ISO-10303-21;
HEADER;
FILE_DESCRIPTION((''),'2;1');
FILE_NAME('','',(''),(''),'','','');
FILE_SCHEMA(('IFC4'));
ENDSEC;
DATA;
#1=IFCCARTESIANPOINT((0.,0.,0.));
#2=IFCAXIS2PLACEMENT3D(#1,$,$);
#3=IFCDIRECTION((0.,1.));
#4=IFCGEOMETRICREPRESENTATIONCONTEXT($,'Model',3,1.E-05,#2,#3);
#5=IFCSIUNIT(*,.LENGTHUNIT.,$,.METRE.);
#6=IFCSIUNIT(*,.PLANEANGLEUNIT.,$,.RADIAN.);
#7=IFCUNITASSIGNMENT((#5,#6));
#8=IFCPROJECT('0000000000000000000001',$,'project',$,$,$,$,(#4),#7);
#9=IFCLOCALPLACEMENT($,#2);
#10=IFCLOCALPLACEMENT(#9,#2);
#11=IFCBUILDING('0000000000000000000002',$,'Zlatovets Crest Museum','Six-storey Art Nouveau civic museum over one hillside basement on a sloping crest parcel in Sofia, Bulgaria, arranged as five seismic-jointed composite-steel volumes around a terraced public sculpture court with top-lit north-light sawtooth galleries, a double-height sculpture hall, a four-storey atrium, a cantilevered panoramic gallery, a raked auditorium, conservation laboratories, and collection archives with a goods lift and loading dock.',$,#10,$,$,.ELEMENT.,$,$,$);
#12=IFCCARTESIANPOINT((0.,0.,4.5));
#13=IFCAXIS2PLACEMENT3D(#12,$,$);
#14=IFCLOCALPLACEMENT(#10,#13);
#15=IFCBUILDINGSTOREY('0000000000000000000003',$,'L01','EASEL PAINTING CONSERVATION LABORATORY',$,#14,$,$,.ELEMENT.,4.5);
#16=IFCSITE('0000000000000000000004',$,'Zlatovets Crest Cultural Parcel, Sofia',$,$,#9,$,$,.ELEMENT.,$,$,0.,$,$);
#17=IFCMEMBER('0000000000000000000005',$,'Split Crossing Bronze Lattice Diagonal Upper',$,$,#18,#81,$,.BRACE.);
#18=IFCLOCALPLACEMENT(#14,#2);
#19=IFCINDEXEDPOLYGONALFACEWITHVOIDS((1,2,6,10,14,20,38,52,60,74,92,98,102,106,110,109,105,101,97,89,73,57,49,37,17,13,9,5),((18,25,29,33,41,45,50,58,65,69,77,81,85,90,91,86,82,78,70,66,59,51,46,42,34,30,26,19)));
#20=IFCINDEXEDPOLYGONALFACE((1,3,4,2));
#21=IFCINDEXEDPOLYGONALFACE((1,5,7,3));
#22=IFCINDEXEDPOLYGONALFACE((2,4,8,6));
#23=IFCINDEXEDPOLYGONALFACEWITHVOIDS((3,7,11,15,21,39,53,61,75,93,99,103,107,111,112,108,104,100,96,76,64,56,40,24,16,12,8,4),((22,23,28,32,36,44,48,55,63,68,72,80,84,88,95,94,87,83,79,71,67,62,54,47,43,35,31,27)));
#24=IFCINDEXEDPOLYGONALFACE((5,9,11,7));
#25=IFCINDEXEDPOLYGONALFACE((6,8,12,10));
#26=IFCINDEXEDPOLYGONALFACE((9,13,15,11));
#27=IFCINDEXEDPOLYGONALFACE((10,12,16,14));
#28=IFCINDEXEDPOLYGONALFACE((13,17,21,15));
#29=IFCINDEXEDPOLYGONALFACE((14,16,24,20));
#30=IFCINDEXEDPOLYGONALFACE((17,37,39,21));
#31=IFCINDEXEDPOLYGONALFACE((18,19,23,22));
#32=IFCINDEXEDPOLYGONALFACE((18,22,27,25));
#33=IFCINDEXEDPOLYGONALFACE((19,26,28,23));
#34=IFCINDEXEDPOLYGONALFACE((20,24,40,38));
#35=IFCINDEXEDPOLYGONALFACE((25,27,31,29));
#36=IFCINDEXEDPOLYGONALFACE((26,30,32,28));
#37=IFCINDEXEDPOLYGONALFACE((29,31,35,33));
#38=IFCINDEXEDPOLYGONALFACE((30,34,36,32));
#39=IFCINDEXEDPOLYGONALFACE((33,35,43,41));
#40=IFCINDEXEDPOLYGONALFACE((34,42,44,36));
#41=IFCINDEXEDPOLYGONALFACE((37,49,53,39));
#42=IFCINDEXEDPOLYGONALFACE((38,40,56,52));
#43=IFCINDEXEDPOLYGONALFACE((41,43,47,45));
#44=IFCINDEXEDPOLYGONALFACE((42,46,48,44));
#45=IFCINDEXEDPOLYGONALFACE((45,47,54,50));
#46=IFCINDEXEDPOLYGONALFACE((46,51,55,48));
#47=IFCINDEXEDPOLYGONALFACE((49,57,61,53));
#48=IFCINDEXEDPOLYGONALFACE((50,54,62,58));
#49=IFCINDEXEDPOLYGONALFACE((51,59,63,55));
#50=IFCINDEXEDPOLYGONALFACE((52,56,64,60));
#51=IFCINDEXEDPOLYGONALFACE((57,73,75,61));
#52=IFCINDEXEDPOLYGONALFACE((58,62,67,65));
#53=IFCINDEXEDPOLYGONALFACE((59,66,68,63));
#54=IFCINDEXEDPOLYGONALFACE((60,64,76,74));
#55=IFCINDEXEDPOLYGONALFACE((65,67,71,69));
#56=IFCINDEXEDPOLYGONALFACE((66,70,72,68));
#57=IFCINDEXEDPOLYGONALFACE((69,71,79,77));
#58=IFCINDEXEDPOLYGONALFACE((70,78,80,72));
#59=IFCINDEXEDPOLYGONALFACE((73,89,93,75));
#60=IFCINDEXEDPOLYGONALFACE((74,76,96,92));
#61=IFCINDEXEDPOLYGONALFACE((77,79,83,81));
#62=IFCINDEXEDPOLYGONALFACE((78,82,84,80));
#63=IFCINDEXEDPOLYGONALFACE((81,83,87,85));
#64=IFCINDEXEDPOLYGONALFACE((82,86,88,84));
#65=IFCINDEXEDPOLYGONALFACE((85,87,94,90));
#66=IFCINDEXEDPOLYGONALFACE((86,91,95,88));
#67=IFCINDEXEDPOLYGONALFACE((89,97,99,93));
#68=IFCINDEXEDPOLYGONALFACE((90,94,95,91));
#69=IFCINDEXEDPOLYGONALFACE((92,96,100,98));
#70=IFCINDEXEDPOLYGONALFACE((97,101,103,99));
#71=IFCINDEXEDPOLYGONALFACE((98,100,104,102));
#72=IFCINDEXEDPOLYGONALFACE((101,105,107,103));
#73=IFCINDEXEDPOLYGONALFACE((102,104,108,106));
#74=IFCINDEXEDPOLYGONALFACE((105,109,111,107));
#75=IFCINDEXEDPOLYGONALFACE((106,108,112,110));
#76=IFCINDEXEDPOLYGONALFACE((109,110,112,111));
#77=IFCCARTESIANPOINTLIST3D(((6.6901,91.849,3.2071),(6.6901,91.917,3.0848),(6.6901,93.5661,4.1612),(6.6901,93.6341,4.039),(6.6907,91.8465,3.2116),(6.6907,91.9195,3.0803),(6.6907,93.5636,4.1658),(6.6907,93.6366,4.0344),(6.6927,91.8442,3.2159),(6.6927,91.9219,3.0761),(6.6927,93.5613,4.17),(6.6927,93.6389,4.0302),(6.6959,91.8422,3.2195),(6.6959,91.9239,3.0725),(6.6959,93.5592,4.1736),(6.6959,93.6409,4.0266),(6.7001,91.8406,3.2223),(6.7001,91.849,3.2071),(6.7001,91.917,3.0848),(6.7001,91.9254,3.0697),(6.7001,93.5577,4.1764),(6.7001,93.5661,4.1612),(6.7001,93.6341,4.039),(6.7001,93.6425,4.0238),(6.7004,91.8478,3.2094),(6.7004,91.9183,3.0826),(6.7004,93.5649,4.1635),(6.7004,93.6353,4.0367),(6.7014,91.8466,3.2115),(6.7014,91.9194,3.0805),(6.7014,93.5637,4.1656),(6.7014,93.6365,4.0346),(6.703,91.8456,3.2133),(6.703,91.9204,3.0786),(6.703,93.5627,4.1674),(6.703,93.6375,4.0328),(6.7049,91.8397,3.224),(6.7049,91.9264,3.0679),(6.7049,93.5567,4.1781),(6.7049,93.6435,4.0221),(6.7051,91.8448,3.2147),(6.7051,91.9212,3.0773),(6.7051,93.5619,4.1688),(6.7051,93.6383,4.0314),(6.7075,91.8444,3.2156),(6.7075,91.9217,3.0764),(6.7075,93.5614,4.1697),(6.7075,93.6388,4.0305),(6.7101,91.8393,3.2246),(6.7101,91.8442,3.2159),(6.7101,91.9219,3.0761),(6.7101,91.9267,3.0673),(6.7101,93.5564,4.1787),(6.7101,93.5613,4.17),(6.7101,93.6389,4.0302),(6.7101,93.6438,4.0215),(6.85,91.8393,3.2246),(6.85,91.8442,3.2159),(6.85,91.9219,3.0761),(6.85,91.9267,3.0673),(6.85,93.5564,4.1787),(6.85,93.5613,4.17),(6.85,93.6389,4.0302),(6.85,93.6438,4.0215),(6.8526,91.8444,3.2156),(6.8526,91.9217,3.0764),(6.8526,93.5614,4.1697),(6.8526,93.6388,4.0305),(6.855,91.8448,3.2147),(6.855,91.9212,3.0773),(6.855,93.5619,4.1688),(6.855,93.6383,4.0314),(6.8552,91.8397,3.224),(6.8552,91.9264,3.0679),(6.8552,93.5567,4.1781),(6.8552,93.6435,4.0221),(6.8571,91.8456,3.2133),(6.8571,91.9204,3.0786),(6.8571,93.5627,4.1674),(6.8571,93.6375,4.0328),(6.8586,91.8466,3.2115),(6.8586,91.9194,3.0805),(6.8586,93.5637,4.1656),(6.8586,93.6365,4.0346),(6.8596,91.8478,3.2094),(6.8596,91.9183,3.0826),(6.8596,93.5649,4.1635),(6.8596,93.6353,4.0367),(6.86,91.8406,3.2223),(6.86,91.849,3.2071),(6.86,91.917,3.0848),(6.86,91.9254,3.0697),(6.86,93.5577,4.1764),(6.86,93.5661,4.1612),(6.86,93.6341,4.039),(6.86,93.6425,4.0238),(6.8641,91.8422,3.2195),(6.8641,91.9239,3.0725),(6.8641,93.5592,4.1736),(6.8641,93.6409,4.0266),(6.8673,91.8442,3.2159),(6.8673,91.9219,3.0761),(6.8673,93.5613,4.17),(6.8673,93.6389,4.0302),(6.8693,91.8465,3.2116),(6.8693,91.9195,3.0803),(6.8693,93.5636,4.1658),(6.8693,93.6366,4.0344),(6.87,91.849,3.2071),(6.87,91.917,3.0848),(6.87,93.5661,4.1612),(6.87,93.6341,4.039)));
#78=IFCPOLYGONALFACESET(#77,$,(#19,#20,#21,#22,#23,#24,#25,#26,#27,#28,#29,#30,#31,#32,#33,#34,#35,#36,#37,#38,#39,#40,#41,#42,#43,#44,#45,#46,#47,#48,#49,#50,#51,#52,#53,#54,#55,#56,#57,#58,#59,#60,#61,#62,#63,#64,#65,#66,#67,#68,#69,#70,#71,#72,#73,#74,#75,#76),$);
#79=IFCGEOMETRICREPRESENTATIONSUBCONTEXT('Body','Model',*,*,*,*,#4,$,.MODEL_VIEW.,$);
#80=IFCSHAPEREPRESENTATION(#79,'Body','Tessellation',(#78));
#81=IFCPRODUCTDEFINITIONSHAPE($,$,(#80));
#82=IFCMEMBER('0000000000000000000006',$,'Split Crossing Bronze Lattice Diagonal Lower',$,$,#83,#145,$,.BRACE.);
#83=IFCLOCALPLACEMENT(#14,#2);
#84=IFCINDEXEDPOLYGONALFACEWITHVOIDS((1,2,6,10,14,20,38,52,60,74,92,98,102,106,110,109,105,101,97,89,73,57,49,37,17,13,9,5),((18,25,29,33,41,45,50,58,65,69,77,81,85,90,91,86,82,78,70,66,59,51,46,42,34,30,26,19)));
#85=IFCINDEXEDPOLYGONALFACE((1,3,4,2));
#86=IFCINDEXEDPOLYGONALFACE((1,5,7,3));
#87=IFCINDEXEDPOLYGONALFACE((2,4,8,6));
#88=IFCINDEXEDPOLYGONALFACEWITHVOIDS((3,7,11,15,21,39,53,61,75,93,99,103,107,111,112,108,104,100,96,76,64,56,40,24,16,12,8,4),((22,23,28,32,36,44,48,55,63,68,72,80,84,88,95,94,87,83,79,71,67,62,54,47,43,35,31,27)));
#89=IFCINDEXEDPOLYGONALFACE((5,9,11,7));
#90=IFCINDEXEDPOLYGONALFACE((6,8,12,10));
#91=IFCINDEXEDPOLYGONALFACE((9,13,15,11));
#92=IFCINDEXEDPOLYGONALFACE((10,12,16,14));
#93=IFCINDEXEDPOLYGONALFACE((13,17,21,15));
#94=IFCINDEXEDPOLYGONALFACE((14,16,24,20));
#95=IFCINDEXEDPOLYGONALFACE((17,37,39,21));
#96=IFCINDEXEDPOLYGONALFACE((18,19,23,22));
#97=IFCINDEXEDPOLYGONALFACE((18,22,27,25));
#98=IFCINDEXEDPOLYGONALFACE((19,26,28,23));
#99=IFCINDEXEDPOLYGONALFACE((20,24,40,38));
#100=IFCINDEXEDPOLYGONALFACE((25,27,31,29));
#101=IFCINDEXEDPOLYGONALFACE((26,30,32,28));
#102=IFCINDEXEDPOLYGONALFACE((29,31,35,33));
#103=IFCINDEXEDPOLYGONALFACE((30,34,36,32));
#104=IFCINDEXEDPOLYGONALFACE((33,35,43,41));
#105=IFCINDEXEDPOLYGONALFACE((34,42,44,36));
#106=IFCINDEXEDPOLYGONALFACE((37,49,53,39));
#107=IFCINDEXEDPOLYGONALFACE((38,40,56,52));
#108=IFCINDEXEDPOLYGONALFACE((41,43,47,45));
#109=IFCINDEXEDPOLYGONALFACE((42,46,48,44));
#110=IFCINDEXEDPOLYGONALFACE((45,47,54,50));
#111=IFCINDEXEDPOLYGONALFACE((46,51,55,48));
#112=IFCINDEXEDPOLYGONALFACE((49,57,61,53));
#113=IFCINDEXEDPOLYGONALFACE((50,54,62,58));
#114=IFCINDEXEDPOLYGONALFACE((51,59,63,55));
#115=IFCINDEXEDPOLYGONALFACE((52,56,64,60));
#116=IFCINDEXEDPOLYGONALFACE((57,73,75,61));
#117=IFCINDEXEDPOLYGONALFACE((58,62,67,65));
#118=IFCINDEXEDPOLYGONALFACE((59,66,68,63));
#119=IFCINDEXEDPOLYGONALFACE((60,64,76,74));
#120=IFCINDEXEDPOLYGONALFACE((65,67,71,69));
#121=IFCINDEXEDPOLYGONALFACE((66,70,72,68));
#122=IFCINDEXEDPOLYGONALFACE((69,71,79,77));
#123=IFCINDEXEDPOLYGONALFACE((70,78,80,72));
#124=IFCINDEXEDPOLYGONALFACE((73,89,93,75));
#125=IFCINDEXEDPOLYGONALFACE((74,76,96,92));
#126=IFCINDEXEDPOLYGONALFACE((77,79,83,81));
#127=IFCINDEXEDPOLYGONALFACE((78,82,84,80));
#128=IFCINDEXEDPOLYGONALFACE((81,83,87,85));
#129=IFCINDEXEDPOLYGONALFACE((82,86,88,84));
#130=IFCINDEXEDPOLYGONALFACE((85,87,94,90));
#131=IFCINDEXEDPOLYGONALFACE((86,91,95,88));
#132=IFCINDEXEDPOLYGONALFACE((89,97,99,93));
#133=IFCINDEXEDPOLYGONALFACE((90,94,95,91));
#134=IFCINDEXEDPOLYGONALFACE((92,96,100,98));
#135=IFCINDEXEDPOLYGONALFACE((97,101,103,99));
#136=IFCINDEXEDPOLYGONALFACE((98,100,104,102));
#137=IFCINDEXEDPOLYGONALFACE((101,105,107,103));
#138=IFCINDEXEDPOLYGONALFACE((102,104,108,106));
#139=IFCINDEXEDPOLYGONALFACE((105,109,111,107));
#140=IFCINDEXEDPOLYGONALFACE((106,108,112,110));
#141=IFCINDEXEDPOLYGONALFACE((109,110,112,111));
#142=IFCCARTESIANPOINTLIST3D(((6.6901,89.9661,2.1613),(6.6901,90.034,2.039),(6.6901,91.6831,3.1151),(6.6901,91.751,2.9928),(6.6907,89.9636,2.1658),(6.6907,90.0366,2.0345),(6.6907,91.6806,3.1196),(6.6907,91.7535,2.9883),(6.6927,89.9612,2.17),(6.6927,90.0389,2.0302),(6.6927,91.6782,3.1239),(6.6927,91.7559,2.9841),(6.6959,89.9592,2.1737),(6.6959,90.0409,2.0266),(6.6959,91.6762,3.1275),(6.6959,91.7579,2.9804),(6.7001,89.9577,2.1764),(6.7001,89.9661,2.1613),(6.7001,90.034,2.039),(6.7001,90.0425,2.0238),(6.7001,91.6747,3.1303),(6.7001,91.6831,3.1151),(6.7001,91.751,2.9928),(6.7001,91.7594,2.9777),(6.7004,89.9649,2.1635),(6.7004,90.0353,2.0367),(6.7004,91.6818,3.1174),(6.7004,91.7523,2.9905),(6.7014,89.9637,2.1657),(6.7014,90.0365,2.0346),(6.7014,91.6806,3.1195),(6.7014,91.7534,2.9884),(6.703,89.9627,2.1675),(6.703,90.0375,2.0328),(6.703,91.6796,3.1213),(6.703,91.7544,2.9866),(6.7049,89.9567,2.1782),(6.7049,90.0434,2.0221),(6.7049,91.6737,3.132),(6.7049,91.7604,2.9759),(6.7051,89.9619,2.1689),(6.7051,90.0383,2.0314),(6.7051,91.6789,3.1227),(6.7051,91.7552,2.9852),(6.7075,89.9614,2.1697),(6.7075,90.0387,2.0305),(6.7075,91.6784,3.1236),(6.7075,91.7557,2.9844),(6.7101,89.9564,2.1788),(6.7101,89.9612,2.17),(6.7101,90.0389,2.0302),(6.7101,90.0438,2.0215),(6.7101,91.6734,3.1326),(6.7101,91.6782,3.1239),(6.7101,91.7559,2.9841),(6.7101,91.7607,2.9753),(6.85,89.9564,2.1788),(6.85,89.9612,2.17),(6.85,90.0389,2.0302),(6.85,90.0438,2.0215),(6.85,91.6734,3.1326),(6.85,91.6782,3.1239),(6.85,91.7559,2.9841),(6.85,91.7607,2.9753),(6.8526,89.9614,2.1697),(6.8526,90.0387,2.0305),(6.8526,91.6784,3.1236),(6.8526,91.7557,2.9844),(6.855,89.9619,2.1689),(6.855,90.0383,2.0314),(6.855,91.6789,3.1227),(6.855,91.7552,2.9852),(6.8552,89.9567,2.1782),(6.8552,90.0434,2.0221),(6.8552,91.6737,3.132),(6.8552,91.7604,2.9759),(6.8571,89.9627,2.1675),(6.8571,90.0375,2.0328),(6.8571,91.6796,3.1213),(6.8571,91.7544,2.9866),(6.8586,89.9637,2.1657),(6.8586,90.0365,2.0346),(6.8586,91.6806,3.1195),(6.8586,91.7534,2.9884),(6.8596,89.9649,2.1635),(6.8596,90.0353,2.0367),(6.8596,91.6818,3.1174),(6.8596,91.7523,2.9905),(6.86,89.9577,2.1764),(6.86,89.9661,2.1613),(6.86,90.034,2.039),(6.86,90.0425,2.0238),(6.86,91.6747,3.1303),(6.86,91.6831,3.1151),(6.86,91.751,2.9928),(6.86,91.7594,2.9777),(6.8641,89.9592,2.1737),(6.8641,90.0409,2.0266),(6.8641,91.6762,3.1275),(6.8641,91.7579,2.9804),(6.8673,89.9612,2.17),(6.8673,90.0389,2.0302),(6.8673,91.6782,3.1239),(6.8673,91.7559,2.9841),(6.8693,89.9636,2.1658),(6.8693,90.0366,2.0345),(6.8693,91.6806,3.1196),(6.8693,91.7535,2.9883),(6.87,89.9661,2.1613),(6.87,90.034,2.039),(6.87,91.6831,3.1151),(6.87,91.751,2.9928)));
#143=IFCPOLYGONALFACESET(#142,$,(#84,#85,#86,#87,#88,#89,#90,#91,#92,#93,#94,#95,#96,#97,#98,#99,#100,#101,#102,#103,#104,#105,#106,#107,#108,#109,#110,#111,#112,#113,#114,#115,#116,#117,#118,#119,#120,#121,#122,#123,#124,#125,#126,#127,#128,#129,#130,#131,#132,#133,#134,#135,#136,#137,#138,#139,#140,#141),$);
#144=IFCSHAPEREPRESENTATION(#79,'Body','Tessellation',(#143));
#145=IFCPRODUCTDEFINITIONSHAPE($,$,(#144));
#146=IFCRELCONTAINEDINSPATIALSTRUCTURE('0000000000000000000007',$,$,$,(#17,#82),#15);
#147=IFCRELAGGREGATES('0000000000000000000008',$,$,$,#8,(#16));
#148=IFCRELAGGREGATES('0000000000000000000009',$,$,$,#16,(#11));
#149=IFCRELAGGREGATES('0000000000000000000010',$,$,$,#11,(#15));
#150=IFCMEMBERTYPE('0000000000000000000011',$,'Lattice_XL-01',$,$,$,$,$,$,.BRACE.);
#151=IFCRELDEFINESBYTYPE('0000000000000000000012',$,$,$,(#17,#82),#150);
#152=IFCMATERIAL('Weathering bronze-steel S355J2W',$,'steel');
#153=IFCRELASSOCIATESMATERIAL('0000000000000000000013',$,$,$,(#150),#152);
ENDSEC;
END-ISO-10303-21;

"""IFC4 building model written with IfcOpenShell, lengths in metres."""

from ifc_helpers import new_model, si_unit, direction, frame, origin, origin_2d, place, context, subcontext, project, spatial, hollow_rectangle, extrude, material, material_profile, profile_set, type_object, element, save


model = new_model("IFC4")

# Units and contexts
model_context = context("Model", 3, precision=1e-05, world=origin(), true_north=direction((0.0, 1.0)))
body_context = subcontext(model_context, "Body", "Model", "MODEL_VIEW")
ifc_project = project(units=[si_unit("LENGTHUNIT", "METRE"), si_unit("PLANEANGLEUNIT", "RADIAN")], contexts=[model_context])

# Site, building, storey
site_placement = place(None, origin())
site = spatial("IfcSite", under=ifc_project, at=site_placement, Name="Zlatovets Crest Cultural Parcel, Sofia", CompositionType="ELEMENT", RefElevation=0.0)
building_placement = place(site_placement, origin())
building = spatial("IfcBuilding", under=site, at=building_placement, Name="Zlatovets Crest Museum", Description="Six-storey Art Nouveau civic museum over one hillside basement on a sloping crest parcel in Sofia, Bulgaria, arranged as five seismic-jointed composite-steel volumes around a terraced public sculpture court with top-lit north-light sawtooth galleries, a double-height sculpture hall, a four-storey atrium, a cantilevered panoramic gallery, a raked auditorium, conservation laboratories, and collection archives with a goods lift and loading dock.", CompositionType="ELEMENT")
storey_placement = place(building_placement, frame((0.0, 0.0, 4.5)))
storey = spatial("IfcBuildingStorey", under=building, at=storey_placement, Name="L01", Description="EASEL PAINTING CONSERVATION LABORATORY", CompositionType="ELEMENT", Elevation=4.5)

# Members
ifc_material_1 = material(Name="Weathering bronze-steel S355J2W", Category="steel")
ifc_material_profile_1 = material_profile(ifc_material_1, hollow_rectangle(XDim=0.1799, YDim=0.1799, WallThickness=0.01, InnerFilletRadius=0.01, OuterFilletRadius=0.02, at=origin_2d()), Name="SHS 180x180x10.0")
ifc_profile_set_1 = profile_set([ifc_material_profile_1], Name="Weathering bronze-steel S355J2W")
member_type_1 = type_object("IfcMemberType", Name="Lattice_XL-01", PredefinedType="BRACE", material=ifc_profile_set_1)
member_1_placement = place(storey_placement, frame((6.78, 93.6001, 4.1001), z_axis=(0.0, -0.874116, -0.485717), x_axis=(1.0, 0.0, 0.0)))
element("IfcMember", 1, at=member_1_placement, inside=storey, type_object=member_type_1, Name="Split Crossing Bronze Lattice Diagonal Upper", PredefinedType="BRACE", context=body_context, shape_type="SweptSolid", body=[
    extrude(hollow_rectangle(XDim=0.1799, YDim=0.1799, WallThickness=0.01, InnerFilletRadius=0.01, OuterFilletRadius=0.02, at=origin_2d()), origin(), (0.0, 0.0, 1.0), 1.9644),
])
member_2_placement = place(storey_placement, frame((6.78, 91.717, 3.054), z_axis=(0.0, -0.874169, -0.485622), x_axis=(1.0, 0.0, 0.0)))
element("IfcMember", 2, at=member_2_placement, inside=storey, type_object=member_type_1, Name="Split Crossing Bronze Lattice Diagonal Lower", PredefinedType="BRACE", context=body_context, shape_type="SweptSolid", body=[
    extrude(hollow_rectangle(XDim=0.1799, YDim=0.1799, WallThickness=0.01, InnerFilletRadius=0.01, OuterFilletRadius=0.02, at=origin_2d()), origin(), (0.0, 0.0, 1.0), 1.9641),
])

save(model, "model.ifc")
